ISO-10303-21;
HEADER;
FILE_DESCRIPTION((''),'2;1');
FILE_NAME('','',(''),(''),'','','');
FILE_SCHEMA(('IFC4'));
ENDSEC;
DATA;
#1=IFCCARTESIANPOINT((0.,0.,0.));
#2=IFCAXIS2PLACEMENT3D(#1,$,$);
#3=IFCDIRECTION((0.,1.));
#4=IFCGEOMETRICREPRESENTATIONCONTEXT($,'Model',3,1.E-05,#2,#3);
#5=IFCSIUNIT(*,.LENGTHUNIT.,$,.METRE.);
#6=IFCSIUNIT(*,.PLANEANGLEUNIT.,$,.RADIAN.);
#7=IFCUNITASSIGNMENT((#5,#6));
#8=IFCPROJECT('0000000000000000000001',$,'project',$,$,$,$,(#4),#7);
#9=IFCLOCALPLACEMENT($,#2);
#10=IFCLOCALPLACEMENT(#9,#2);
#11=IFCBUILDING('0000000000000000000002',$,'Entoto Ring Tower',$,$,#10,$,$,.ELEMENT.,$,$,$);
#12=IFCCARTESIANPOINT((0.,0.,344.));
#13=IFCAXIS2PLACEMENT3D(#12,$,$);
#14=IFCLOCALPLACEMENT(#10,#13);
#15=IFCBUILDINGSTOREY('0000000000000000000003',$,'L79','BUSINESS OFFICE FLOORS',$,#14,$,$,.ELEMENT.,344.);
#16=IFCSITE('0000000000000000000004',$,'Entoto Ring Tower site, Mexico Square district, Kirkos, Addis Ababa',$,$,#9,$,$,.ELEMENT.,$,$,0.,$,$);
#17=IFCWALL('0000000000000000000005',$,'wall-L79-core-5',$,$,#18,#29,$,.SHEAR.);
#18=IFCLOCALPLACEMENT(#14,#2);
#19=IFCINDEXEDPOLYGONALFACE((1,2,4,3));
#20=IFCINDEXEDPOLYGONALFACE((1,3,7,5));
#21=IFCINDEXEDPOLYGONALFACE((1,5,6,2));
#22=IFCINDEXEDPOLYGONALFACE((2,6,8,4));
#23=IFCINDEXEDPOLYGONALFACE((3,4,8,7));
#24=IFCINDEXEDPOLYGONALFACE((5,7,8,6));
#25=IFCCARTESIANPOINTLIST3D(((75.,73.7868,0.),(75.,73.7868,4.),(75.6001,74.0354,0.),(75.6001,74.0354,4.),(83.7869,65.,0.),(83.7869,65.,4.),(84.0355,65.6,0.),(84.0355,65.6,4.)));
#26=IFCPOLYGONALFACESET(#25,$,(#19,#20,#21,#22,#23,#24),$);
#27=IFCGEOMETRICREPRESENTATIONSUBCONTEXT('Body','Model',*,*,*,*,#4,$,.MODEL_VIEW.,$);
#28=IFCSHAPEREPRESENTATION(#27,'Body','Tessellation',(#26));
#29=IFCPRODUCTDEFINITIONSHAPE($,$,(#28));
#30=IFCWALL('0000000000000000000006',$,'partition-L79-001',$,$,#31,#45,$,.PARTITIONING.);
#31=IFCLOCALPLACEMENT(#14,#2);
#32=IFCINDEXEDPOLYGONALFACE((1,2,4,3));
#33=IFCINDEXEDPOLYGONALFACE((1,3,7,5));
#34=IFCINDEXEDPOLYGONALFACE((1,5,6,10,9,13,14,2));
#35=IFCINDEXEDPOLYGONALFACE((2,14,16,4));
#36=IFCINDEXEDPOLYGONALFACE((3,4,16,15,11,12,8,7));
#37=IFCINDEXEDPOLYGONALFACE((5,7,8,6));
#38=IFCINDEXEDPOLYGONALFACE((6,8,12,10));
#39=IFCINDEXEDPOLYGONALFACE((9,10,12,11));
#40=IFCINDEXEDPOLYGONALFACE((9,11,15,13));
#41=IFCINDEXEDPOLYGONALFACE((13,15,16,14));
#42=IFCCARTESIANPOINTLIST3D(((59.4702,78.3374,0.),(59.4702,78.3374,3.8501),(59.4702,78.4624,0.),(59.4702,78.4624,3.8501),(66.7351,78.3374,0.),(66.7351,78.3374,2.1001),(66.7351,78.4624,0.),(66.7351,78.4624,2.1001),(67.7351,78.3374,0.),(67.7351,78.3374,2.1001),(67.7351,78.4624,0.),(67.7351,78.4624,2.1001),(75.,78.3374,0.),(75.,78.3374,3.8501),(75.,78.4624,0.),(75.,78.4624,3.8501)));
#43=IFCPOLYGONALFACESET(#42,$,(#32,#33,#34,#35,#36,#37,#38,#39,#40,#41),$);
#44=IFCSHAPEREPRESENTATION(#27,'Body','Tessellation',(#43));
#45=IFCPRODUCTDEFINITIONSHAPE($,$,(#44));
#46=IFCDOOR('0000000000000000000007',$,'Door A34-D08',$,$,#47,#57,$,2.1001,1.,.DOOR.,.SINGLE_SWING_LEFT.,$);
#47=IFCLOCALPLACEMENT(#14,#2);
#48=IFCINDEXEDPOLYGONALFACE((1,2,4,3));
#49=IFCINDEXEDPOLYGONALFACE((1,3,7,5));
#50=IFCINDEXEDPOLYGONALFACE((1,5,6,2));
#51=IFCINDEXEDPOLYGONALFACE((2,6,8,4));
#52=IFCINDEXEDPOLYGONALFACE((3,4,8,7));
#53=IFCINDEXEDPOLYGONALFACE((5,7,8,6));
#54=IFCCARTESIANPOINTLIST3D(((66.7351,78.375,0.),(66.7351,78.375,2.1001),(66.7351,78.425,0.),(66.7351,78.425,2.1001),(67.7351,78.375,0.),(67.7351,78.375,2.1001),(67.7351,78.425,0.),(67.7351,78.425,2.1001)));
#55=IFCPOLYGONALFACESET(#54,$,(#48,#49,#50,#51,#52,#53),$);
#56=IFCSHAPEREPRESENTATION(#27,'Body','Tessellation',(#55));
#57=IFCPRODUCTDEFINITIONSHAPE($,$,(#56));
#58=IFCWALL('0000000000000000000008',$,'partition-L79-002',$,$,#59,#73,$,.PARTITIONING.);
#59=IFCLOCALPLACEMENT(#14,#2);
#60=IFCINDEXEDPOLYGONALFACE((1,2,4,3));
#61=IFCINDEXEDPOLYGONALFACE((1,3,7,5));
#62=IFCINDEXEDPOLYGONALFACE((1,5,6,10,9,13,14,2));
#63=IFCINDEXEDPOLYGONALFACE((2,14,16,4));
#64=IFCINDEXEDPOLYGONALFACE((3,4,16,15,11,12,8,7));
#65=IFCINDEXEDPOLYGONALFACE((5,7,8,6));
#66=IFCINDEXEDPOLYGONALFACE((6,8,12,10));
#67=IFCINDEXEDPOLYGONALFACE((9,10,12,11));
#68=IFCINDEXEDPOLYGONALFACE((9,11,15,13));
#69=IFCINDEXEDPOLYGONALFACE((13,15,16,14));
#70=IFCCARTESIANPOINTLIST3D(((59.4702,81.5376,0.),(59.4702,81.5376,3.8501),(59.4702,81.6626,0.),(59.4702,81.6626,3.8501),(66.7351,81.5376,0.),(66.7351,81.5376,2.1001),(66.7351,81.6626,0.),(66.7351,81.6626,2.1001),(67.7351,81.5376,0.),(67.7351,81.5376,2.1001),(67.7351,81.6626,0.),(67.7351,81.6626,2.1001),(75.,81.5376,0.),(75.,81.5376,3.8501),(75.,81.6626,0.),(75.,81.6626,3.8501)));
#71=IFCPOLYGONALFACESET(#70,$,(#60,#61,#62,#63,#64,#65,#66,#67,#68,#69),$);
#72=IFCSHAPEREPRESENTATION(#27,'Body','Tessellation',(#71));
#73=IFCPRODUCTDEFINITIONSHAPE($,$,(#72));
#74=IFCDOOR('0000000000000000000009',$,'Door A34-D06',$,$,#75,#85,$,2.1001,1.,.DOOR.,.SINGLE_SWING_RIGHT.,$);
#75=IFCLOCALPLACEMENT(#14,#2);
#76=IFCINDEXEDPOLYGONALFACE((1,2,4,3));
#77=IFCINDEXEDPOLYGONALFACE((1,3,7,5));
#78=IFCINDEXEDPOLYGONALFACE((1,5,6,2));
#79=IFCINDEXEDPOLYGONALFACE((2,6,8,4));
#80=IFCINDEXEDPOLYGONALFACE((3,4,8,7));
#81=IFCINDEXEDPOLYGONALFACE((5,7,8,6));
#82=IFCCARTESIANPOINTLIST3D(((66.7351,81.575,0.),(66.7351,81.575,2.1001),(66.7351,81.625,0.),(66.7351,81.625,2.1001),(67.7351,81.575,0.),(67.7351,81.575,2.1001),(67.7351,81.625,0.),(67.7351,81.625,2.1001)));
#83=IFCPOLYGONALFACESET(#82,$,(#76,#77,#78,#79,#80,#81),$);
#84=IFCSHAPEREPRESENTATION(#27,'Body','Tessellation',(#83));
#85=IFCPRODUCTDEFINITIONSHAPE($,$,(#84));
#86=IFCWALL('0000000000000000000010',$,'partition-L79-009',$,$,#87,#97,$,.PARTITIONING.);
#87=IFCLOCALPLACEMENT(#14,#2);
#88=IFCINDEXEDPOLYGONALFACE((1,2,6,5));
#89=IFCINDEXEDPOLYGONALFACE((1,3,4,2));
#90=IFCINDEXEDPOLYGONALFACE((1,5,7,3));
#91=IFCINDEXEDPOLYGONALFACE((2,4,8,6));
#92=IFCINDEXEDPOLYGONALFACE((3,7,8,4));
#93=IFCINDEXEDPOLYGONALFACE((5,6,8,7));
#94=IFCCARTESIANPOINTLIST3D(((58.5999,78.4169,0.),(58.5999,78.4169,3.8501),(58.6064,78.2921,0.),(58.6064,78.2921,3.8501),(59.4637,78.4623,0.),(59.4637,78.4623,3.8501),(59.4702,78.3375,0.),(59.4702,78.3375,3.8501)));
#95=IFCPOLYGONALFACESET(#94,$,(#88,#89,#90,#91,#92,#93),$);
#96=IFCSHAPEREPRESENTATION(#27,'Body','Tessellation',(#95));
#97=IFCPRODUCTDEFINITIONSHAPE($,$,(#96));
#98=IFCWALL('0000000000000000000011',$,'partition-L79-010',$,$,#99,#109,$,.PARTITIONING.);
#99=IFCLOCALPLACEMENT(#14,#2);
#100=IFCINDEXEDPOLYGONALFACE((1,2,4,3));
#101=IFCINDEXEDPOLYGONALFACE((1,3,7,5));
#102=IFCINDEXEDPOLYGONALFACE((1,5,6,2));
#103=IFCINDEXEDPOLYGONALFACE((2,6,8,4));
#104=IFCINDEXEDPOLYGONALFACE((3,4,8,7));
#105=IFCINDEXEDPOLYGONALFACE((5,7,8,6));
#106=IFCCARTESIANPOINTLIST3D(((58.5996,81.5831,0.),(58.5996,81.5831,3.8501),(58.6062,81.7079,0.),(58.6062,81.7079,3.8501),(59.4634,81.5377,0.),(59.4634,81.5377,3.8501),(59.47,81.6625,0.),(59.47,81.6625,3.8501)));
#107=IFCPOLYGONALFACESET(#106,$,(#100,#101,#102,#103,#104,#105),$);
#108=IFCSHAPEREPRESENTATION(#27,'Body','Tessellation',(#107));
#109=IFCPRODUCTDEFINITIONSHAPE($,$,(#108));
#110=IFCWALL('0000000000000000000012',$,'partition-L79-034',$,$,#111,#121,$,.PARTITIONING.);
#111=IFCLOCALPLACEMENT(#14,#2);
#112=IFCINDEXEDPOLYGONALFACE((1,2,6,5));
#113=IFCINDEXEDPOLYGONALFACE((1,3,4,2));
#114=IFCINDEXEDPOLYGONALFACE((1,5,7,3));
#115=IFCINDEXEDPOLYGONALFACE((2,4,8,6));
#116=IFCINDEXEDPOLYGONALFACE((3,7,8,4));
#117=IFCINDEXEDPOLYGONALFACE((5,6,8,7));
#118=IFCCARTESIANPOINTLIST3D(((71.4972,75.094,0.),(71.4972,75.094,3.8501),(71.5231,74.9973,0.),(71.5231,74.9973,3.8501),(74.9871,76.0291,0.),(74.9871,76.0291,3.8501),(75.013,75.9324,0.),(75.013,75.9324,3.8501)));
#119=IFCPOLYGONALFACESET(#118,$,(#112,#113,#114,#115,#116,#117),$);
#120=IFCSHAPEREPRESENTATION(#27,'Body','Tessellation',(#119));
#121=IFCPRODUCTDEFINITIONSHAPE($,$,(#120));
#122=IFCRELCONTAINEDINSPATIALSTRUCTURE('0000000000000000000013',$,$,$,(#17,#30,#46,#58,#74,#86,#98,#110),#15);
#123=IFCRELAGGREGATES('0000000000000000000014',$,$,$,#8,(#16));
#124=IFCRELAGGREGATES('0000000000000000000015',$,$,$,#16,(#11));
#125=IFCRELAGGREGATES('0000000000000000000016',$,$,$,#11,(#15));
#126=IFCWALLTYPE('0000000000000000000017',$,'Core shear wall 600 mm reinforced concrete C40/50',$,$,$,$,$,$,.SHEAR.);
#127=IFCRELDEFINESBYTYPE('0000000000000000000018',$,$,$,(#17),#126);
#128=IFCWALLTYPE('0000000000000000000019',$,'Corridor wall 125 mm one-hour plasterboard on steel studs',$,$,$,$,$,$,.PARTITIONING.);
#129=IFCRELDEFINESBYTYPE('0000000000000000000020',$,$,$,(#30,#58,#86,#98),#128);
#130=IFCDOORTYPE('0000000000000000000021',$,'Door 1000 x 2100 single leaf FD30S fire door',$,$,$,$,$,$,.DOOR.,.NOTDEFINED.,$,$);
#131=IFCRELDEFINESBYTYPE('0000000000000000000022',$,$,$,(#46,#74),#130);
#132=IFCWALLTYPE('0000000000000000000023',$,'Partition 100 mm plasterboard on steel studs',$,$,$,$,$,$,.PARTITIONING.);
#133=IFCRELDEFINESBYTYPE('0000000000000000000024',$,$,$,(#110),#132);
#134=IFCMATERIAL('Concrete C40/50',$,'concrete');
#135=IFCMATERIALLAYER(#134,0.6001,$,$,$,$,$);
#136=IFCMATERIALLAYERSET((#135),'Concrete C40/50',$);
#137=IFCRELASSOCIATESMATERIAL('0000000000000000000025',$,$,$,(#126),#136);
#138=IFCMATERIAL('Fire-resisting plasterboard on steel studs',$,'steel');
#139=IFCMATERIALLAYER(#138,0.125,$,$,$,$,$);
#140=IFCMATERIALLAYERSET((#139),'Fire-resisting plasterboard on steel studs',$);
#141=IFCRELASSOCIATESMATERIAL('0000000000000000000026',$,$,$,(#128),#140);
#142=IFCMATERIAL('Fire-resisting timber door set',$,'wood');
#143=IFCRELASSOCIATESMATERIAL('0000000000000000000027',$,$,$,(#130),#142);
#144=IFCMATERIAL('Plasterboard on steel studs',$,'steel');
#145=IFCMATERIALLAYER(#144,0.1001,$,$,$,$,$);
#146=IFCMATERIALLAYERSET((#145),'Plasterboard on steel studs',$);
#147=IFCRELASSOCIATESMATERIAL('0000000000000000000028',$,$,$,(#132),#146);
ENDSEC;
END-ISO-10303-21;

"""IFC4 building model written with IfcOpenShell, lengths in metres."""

from ifc_helpers import new_model, si_unit, direction, frame, frame_2d, origin, place, context, subcontext, project, spatial, polyline, rectangle, outline, extrude, material, layer, layer_set, type_object, element, fill, save


model = new_model("IFC4")

# Units and contexts
model_context = context("Model", 3, precision=1e-05, world=origin(), true_north=direction((0.0, 1.0)))
body_context = subcontext(model_context, "Body", "Model", "MODEL_VIEW")
ifc_project = project(units=[si_unit("LENGTHUNIT", "METRE"), si_unit("PLANEANGLEUNIT", "RADIAN")], contexts=[model_context])

# Site, building, storey
site_placement = place(None, origin())
site = spatial("IfcSite", under=ifc_project, at=site_placement, Name="Entoto Ring Tower site, Mexico Square district, Kirkos, Addis Ababa", CompositionType="ELEMENT", RefElevation=0.0)
building_placement = place(site_placement, origin())
building = spatial("IfcBuilding", under=site, at=building_placement, Name="Entoto Ring Tower", CompositionType="ELEMENT")
storey_placement = place(building_placement, frame((0.0, 0.0, 344.0)))
storey = spatial("IfcBuildingStorey", under=building, at=storey_placement, Name="L79", Description="BUSINESS OFFICE FLOORS", CompositionType="ELEMENT", Elevation=344.0)

# Wall
ifc_material_1 = material(Name="Concrete C40/50", Category="concrete")
ifc_layer_1 = layer(ifc_material_1, 0.6001)
ifc_layer_set_1 = layer_set([ifc_layer_1], Name="Concrete C40/50")
wall_type_1 = type_object("IfcWallType", Name="Core shear wall 600 mm reinforced concrete C40/50", PredefinedType="SHEAR", material=ifc_layer_set_1)
wall_1_placement = place(storey_placement, frame((75.3, 73.9111, 0.0), z_axis=(0.0, 0.0, 1.0), x_axis=(0.707107, -0.707107, 0.0)))
element("IfcWall", 1, at=wall_1_placement, inside=storey, type_object=wall_type_1, Name="wall-L79-core-5", PredefinedType="SHEAR", context=body_context, shape_type="SweptSolid", body=[
    extrude(outline(polyline([(-0.1243, -0.3), (12.3022, -0.3), (12.0537, 0.3), (0.1243, 0.3), (-0.1243, -0.3)])), origin(), (0.0, 0.0, 1.0), 4.0),
])

# Walls, openings, doors
ifc_material_2 = material(Name="Fire-resisting plasterboard on steel studs", Category="steel")
ifc_layer_2 = layer(ifc_material_2, 0.125)
ifc_layer_set_2 = layer_set([ifc_layer_2], Name="Fire-resisting plasterboard on steel studs")
wall_type_2 = type_object("IfcWallType", Name="Corridor wall 125 mm one-hour plasterboard on steel studs", PredefinedType="PARTITIONING", material=ifc_layer_set_2)
wall_2_placement = place(storey_placement, frame((59.4702, 78.3999, 0.0), z_axis=(0.0, 0.0, 1.0), x_axis=(1.0, 0.0, 0.0)))
wall_2 = element("IfcWall", 2, at=wall_2_placement, inside=storey, type_object=wall_type_2, Name="partition-L79-001", PredefinedType="PARTITIONING", context=body_context, shape_type="SweptSolid", body=[
    extrude(rectangle(XDim=15.5298, YDim=0.125, at=frame_2d((7.7649, 0.0))), origin(), (0.0, 0.0, 1.0), 3.8501),
])
opening_1_placement = place(wall_2_placement, frame((7.2649, 0.0, 0.0)))
opening_1 = element("IfcOpeningElement", 3, at=opening_1_placement, cuts=wall_2, PredefinedType="OPENING", context=body_context, shape_type="SweptSolid", body=[
    extrude(rectangle(XDim=1.0, YDim=2.1001, at=frame_2d((0.5, 1.05))), frame((0.0, 0.0725, 0.0), z_axis=(0.0, -1.0, 0.0), x_axis=(1.0, 0.0, 0.0)), (0.0, 0.0, 1.0), 0.145),
])
ifc_material_3 = material(Name="Fire-resisting timber door set", Category="wood")
door_type = type_object("IfcDoorType", Name="Door 1000 x 2100 single leaf FD30S fire door", OperationType="NOTDEFINED", PredefinedType="DOOR", material=ifc_material_3)
door_1_placement = place(opening_1_placement, frame((1.0, 0.0, 0.0), z_axis=(0.0, 0.0, 1.0), x_axis=(-1.0, 0.0, 0.0)))
door_1 = element("IfcDoor", 4, at=door_1_placement, inside=storey, type_object=door_type, Name="Door A34-D08", OperationType="SINGLE_SWING_LEFT", OverallHeight=2.1001, OverallWidth=1.0, PredefinedType="DOOR", context=body_context, shape_type="SweptSolid", body=[
    extrude(rectangle(XDim=1.0, YDim=2.1001, at=frame_2d((0.5, 1.05))), frame((0.0, 0.0249, 0.0), z_axis=(0.0, -1.0, 0.0), x_axis=(1.0, 0.0, 0.0)), (0.0, 0.0, 1.0), 0.05),
])
fill(opening_1, door_1)
wall_3_placement = place(storey_placement, frame((59.4702, 81.6001, 0.0), z_axis=(0.0, 0.0, 1.0), x_axis=(1.0, 0.0, 0.0)))
wall_3 = element("IfcWall", 5, at=wall_3_placement, inside=storey, type_object=wall_type_2, Name="partition-L79-002", PredefinedType="PARTITIONING", context=body_context, shape_type="SweptSolid", body=[
    extrude(rectangle(XDim=15.5298, YDim=0.125, at=frame_2d((7.7649, 0.0))), origin(), (0.0, 0.0, 1.0), 3.8501),
])
opening_2_placement = place(wall_3_placement, frame((7.2649, 0.0, 0.0)))
opening_2 = element("IfcOpeningElement", 6, at=opening_2_placement, cuts=wall_3, PredefinedType="OPENING", context=body_context, shape_type="SweptSolid", body=[
    extrude(rectangle(XDim=1.0, YDim=2.1001, at=frame_2d((0.5, 1.05))), frame((0.0, 0.0725, 0.0), z_axis=(0.0, -1.0, 0.0), x_axis=(1.0, 0.0, 0.0)), (0.0, 0.0, 1.0), 0.145),
])
door_2_placement = place(opening_2_placement, origin())
door_2 = element("IfcDoor", 7, at=door_2_placement, inside=storey, type_object=door_type, Name="Door A34-D06", OperationType="SINGLE_SWING_RIGHT", OverallHeight=2.1001, OverallWidth=1.0, PredefinedType="DOOR", context=body_context, shape_type="SweptSolid", body=[
    extrude(rectangle(XDim=1.0, YDim=2.1001, at=frame_2d((0.5, 1.05))), frame((0.0, 0.0249, 0.0), z_axis=(0.0, -1.0, 0.0), x_axis=(1.0, 0.0, 0.0)), (0.0, 0.0, 1.0), 0.05),
])
fill(opening_2, door_2)

# Walls
for number, where, z_axis, x_axis, name in (
    (8, (58.603, 78.3545, 0.0), (0.0, 0.0, 1.0), (0.998621, 0.0525, 0.0), "partition-L79-009"),
    (9, (59.4668, 81.6001, 0.0), (0.0, 0.0, 1.0), (-0.998621, 0.0525, 0.0), "partition-L79-010"),
):
    element("IfcWall", number, at=place(storey_placement, frame(where, z_axis=z_axis, x_axis=x_axis)), inside=storey, type_object=wall_type_2, Name=name, PredefinedType="PARTITIONING", context=body_context, shape_type="SweptSolid", body=[
        extrude(rectangle(XDim=0.865, YDim=0.125, at=frame_2d((0.4326, 0.0))), origin(), (0.0, 0.0, 1.0), 3.8501),
    ])
ifc_material_4 = material(Name="Plasterboard on steel studs", Category="steel")
ifc_layer_3 = layer(ifc_material_4, 0.1001)
ifc_layer_set_3 = layer_set([ifc_layer_3], Name="Plasterboard on steel studs")
wall_type_3 = type_object("IfcWallType", Name="Partition 100 mm plasterboard on steel studs", PredefinedType="PARTITIONING", material=ifc_layer_set_3)
wall_4_placement = place(storey_placement, frame((71.51, 75.0457, 0.0), z_axis=(0.0, 0.0, 1.0), x_axis=(0.965931, 0.258798, 0.0)))
element("IfcWall", 10, at=wall_4_placement, inside=storey, type_object=wall_type_3, Name="partition-L79-034", PredefinedType="PARTITIONING", context=body_context, shape_type="SweptSolid", body=[
    extrude(rectangle(XDim=3.613, YDim=0.1001, at=frame_2d((1.8066, 0.0))), origin(), (0.0, 0.0, 1.0), 3.8501),
])

save(model, "model.ifc")
